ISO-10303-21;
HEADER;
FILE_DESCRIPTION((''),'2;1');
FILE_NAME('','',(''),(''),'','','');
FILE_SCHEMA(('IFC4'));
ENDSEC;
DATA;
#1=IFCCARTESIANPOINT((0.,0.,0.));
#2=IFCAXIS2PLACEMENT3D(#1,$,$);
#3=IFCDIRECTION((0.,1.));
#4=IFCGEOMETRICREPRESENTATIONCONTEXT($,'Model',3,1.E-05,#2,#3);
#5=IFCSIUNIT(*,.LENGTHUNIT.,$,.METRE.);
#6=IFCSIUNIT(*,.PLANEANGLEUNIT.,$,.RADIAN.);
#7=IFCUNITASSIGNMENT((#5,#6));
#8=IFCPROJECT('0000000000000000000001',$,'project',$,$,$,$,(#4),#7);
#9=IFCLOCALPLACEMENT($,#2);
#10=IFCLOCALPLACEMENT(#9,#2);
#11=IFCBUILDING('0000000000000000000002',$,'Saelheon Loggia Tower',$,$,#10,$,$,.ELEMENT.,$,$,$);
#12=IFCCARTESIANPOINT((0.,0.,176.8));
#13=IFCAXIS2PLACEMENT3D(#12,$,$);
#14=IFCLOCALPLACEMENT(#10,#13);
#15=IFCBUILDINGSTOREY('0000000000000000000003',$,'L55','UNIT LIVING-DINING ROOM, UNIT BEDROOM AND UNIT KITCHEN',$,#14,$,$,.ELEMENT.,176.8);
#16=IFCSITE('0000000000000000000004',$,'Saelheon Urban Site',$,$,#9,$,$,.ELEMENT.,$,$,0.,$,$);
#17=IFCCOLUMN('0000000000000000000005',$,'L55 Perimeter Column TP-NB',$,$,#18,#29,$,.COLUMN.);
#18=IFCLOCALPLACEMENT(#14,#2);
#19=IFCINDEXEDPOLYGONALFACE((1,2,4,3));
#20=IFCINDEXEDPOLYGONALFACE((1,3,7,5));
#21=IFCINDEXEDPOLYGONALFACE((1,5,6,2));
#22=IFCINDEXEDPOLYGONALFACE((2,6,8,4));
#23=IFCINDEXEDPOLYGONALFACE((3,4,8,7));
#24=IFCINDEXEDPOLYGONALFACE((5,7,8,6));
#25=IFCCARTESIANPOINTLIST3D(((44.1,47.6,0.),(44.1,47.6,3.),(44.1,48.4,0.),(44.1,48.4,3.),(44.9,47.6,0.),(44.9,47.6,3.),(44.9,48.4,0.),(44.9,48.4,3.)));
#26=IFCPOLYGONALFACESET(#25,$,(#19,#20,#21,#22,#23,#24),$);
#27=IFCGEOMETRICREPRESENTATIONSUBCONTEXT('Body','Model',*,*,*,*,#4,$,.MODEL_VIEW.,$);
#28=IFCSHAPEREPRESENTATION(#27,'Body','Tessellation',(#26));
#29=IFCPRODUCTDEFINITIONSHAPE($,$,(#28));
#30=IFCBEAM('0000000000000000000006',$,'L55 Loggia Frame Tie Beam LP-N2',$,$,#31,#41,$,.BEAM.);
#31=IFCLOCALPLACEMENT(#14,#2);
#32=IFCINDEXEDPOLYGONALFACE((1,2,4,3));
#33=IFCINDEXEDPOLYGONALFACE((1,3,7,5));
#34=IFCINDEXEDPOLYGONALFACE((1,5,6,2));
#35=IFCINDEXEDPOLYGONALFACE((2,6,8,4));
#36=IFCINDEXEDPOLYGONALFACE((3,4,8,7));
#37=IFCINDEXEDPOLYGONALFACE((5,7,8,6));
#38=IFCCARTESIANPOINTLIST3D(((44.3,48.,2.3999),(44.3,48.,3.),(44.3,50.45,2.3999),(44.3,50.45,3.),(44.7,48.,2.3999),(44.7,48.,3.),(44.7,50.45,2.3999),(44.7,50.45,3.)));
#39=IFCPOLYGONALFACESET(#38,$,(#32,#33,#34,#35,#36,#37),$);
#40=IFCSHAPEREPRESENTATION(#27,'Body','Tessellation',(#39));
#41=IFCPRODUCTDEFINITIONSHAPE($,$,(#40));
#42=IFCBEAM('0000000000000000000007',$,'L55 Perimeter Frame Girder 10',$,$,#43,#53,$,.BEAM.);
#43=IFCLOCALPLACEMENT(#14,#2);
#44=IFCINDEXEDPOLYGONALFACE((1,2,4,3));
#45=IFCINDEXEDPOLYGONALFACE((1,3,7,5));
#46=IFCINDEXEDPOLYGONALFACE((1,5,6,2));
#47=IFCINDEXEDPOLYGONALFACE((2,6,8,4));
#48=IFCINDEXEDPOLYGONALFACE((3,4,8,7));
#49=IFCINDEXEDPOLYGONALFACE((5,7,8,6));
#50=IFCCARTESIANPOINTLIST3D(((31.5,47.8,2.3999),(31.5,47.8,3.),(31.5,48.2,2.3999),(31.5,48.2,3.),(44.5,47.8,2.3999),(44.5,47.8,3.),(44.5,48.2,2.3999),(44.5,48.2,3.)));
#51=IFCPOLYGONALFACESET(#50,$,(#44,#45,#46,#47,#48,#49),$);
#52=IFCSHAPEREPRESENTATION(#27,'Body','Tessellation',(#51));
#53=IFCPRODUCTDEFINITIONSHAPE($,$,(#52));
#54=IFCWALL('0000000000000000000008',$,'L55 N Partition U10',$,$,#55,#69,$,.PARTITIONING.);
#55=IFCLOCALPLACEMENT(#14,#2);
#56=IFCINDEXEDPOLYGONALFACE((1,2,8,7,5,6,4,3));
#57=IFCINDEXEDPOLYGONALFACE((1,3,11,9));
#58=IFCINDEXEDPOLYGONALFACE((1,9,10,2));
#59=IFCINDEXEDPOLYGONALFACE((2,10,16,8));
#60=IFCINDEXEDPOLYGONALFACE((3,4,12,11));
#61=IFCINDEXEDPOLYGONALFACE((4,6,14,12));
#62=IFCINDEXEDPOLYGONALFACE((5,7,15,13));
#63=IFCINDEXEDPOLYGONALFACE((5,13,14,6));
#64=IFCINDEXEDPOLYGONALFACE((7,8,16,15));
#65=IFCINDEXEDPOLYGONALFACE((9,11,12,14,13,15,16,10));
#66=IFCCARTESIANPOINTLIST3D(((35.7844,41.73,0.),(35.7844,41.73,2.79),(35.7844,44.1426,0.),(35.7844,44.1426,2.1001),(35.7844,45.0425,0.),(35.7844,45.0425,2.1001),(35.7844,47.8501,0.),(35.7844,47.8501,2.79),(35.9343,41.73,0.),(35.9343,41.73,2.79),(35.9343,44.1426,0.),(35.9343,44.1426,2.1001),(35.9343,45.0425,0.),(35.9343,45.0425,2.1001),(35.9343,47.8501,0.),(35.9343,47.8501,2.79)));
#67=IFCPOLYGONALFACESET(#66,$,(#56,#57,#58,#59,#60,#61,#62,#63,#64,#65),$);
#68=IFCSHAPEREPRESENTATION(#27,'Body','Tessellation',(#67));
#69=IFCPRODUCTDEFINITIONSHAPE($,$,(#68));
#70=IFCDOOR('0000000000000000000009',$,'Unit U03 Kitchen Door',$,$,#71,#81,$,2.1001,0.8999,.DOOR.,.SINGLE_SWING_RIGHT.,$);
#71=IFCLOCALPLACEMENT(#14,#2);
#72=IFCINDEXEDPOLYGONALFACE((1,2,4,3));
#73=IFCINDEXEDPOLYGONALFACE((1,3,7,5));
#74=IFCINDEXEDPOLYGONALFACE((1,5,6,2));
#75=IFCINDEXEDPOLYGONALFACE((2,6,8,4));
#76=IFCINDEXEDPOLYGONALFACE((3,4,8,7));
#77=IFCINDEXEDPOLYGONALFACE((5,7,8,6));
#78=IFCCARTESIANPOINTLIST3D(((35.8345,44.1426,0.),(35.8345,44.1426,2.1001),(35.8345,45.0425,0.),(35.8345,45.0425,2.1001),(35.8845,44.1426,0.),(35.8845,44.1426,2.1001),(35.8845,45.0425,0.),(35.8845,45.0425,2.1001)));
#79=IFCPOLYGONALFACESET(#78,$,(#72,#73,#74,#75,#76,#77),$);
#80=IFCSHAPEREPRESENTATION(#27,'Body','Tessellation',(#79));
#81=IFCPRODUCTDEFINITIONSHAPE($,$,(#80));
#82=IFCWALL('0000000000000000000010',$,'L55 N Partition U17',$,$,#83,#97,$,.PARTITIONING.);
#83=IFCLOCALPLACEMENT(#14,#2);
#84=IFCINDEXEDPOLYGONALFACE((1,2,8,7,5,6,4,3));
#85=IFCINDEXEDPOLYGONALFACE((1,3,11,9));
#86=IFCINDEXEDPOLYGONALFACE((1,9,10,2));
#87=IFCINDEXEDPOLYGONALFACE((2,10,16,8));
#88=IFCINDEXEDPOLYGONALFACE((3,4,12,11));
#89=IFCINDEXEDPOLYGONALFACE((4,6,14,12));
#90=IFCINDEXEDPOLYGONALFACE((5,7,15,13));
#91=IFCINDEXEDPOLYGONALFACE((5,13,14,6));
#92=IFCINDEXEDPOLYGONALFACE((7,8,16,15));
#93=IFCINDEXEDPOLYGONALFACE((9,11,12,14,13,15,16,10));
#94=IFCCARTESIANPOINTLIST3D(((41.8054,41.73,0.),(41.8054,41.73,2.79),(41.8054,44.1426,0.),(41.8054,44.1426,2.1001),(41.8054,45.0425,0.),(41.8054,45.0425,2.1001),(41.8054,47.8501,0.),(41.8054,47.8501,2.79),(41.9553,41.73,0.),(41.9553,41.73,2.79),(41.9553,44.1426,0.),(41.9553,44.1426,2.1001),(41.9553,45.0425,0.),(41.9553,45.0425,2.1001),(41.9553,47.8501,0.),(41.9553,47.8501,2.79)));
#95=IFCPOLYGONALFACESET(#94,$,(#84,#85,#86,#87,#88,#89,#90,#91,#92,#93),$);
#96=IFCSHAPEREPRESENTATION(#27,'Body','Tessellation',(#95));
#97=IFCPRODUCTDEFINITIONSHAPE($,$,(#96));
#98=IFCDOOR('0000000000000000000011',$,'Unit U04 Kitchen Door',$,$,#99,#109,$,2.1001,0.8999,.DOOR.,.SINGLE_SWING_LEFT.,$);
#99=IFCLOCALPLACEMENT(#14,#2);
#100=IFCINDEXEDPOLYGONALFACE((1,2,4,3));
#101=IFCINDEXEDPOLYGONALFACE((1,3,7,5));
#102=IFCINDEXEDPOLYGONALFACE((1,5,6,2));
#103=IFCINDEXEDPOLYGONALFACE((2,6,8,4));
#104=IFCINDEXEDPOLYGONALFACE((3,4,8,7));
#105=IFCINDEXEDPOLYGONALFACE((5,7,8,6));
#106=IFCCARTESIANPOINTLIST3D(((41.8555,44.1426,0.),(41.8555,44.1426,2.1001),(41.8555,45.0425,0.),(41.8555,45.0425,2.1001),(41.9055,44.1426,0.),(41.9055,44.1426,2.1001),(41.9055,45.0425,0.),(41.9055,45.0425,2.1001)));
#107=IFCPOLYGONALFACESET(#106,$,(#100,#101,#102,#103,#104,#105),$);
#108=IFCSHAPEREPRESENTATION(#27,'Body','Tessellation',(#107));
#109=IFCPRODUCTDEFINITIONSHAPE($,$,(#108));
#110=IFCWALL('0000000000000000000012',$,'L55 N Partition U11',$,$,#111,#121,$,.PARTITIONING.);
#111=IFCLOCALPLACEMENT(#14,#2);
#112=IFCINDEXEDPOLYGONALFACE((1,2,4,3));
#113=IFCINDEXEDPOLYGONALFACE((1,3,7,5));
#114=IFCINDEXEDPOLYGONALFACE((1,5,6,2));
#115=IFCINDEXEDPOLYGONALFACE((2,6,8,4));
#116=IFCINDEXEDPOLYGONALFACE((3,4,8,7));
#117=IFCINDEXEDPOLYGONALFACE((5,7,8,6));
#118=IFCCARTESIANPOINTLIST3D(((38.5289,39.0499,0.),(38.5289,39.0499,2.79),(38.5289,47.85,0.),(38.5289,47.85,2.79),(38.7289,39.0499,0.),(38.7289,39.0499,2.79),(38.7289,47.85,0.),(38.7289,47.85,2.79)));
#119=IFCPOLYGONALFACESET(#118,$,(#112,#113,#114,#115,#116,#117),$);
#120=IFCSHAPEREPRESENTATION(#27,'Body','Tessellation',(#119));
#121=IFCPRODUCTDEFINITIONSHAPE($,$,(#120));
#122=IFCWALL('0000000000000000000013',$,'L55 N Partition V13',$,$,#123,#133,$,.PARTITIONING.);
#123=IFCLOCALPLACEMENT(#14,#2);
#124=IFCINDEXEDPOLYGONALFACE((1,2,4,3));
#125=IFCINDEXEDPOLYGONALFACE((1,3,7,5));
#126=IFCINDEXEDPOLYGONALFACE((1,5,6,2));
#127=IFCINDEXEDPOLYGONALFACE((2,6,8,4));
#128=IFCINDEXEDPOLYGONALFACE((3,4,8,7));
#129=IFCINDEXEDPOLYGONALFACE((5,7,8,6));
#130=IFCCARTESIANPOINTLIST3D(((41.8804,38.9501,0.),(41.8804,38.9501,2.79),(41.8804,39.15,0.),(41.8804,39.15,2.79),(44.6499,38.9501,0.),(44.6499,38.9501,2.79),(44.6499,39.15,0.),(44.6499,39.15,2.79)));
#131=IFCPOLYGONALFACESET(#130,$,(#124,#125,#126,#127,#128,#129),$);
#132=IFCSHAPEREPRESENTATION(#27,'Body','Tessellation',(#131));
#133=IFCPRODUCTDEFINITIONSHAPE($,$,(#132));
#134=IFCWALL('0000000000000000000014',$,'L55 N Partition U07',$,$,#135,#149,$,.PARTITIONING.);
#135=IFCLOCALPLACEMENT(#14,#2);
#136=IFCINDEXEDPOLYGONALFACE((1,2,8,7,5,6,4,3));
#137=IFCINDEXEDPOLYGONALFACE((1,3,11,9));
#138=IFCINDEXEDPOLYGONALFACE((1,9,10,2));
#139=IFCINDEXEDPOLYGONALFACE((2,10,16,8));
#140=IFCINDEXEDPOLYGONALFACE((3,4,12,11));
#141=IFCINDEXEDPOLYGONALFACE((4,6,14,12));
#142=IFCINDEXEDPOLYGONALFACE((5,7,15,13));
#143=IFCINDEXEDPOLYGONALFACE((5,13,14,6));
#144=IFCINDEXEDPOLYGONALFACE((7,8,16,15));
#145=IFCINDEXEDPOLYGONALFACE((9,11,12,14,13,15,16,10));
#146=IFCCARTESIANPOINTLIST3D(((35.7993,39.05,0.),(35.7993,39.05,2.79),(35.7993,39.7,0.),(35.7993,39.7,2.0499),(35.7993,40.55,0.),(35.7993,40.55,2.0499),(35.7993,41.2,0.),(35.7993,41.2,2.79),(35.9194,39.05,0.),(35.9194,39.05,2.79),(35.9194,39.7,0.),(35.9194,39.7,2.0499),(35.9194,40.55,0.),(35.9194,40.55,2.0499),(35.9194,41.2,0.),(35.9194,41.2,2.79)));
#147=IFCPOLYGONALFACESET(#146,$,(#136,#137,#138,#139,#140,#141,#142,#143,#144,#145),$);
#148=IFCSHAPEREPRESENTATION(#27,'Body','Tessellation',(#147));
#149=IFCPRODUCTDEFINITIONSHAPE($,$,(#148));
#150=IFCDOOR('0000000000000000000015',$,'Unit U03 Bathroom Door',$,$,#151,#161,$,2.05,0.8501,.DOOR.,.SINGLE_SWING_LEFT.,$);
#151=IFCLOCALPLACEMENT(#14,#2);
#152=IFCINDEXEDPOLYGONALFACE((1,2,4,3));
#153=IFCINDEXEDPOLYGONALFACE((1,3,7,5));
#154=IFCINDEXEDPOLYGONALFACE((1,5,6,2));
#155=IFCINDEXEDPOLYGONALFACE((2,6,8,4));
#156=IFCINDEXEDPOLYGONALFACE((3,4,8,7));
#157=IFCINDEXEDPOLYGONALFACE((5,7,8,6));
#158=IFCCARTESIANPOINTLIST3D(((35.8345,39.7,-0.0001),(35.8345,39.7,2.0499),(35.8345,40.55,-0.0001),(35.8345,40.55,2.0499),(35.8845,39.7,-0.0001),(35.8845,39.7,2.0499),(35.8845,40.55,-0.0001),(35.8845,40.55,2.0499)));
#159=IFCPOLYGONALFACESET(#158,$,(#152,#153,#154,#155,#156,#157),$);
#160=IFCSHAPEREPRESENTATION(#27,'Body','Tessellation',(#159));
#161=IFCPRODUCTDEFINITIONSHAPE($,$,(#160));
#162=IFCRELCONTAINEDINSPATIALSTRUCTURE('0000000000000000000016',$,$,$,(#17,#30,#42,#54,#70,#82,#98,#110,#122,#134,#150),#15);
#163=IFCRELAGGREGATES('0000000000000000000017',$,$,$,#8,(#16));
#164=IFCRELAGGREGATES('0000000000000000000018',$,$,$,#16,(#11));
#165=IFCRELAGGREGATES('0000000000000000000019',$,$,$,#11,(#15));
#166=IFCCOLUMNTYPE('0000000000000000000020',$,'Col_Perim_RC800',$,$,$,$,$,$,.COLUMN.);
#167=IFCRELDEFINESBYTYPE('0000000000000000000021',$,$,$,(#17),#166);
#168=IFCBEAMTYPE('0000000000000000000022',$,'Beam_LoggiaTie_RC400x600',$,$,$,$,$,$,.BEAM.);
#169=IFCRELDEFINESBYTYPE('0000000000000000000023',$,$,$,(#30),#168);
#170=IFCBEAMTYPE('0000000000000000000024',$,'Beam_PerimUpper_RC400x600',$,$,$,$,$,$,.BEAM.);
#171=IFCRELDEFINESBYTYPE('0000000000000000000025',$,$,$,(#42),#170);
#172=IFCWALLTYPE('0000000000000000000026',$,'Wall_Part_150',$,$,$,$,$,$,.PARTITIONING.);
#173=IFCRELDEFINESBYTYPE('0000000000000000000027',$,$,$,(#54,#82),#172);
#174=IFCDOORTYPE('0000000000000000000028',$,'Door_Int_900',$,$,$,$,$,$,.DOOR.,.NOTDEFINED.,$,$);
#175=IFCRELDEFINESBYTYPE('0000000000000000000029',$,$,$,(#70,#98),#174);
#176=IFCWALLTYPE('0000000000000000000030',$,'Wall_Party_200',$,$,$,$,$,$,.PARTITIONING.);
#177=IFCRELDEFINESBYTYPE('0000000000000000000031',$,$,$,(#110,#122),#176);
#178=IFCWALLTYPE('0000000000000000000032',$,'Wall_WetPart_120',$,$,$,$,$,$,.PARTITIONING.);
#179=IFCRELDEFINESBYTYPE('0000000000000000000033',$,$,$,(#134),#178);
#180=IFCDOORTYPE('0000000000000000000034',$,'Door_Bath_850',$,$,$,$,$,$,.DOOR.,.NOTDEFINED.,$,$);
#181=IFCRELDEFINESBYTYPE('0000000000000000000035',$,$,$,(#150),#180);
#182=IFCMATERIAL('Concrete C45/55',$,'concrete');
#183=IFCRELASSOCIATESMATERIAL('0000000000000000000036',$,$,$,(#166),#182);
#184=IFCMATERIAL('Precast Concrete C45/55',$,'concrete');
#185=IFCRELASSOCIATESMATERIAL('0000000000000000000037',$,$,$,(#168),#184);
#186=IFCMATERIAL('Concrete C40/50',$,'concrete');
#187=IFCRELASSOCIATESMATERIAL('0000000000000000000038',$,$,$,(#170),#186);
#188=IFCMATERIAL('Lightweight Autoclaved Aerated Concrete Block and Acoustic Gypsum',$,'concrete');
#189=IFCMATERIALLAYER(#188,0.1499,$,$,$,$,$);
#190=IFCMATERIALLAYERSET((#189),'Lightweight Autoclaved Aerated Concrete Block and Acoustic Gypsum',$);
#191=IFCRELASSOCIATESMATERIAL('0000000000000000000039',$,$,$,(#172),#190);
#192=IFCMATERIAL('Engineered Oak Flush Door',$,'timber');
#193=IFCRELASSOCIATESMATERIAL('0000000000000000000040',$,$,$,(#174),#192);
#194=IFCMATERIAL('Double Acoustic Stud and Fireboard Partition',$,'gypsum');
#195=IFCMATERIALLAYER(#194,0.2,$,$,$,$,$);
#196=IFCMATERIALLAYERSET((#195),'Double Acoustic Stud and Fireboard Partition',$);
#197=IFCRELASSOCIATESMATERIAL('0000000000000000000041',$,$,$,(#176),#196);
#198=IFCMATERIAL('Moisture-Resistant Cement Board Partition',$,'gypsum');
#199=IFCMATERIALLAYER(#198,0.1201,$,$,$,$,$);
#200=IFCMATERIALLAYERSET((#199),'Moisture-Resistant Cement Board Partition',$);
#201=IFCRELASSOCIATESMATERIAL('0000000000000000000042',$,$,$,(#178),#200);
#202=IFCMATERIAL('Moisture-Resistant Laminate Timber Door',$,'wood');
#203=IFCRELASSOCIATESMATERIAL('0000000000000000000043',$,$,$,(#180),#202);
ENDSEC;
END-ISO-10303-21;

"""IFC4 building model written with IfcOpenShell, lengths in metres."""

from ifc_helpers import new_model, si_unit, direction, frame, frame_2d, origin, origin_2d, place, context, subcontext, project, spatial, rectangle, extrude, source, transform, mapped, material, layer, layer_set, material_profile, profile_set, type_object, element, fill, save


model = new_model("IFC4")

# Units and contexts
model_context = context("Model", 3, precision=1e-05, world=origin(), true_north=direction((0.0, 1.0)))
body_context = subcontext(model_context, "Body", "Model", "MODEL_VIEW")
ifc_project = project(units=[si_unit("LENGTHUNIT", "METRE"), si_unit("PLANEANGLEUNIT", "RADIAN")], contexts=[model_context])

# Site, building, storey
site_placement = place(None, origin())
site = spatial("IfcSite", under=ifc_project, at=site_placement, Name="Saelheon Urban Site", CompositionType="ELEMENT", RefElevation=0.0)
building_placement = place(site_placement, origin())
building = spatial("IfcBuilding", under=site, at=building_placement, Name="Saelheon Loggia Tower", CompositionType="ELEMENT")
storey_placement = place(building_placement, frame((0.0, 0.0, 176.8)))
storey = spatial("IfcBuildingStorey", under=building, at=storey_placement, Name="L55", Description="UNIT LIVING-DINING ROOM, UNIT BEDROOM AND UNIT KITCHEN", CompositionType="ELEMENT", Elevation=176.8)

# Column
ifc_material_1 = material(Name="Concrete C45/55", Category="concrete")
ifc_material_profile_1 = material_profile(ifc_material_1, rectangle(XDim=0.8, YDim=0.8, at=origin_2d()), Name="RC-800x800")
ifc_profile_set_1 = profile_set([ifc_material_profile_1], Name="Concrete C45/55")
column_type = type_object("IfcColumnType", Name="Col_Perim_RC800", PredefinedType="COLUMN", material=ifc_profile_set_1)
shared_shape_1 = source(origin(), body_context, "Body", "SweptSolid", [
    extrude(rectangle(XDim=0.8, YDim=0.8, at=origin_2d()), origin(), (0.0, 0.0, 1.0), 3.0),
])
column_placement = place(storey_placement, frame((44.5, 48.0, 0.0), z_axis=(0.0, 0.0, 1.0), x_axis=(1.0, 0.0, 0.0)))
element("IfcColumn", 1, at=column_placement, inside=storey, type_object=column_type, Name="L55 Perimeter Column TP-NB", PredefinedType="COLUMN", context=body_context, shape_type="MappedRepresentation", body=[
    mapped(shared_shape_1, transform((0.0, 0.0, 0.0), scale=1.0)),
])

# Beams
ifc_material_2 = material(Name="Precast Concrete C45/55", Category="concrete")
ifc_material_profile_2 = material_profile(ifc_material_2, rectangle(XDim=0.3999, YDim=0.6001, at=origin_2d()), Name="RC-400x600")
ifc_profile_set_2 = profile_set([ifc_material_profile_2], Name="Precast Concrete C45/55")
beam_type_1 = type_object("IfcBeamType", Name="Beam_LoggiaTie_RC400x600", PredefinedType="BEAM", material=ifc_profile_set_2)
shared_shape_2 = source(origin(), body_context, "Body", "SweptSolid", [
    extrude(rectangle(XDim=0.3999, YDim=0.6001, at=origin_2d()), origin(), (0.0, 0.0, 1.0), 2.45),
])
beam_1_placement = place(storey_placement, frame((44.5, 48.0, 2.7), z_axis=(0.0, 1.0, 0.0), x_axis=(-1.0, 0.0, 0.0)))
element("IfcBeam", 2, at=beam_1_placement, inside=storey, type_object=beam_type_1, Name="L55 Loggia Frame Tie Beam LP-N2", PredefinedType="BEAM", context=body_context, shape_type="MappedRepresentation", body=[
    mapped(shared_shape_2, transform((0.0, 0.0, 0.0), scale=1.0)),
])
ifc_material_3 = material(Name="Concrete C40/50", Category="concrete")
ifc_material_profile_3 = material_profile(ifc_material_3, rectangle(XDim=0.3999, YDim=0.6001, at=origin_2d()), Name="RC-400x600")
ifc_profile_set_3 = profile_set([ifc_material_profile_3], Name="Concrete C40/50")
beam_type_2 = type_object("IfcBeamType", Name="Beam_PerimUpper_RC400x600", PredefinedType="BEAM", material=ifc_profile_set_3)
shared_shape_3 = source(origin(), body_context, "Body", "SweptSolid", [
    extrude(rectangle(XDim=0.3999, YDim=0.6001, at=origin_2d()), origin(), (0.0, 0.0, 1.0), 13.0),
])
beam_2_placement = place(storey_placement, frame((44.5, 48.0, 2.7), z_axis=(-1.0, 0.0, 0.0), x_axis=(0.0, -1.0, 0.0)))
element("IfcBeam", 3, at=beam_2_placement, inside=storey, type_object=beam_type_2, Name="L55 Perimeter Frame Girder 10", PredefinedType="BEAM", context=body_context, shape_type="MappedRepresentation", body=[
    mapped(shared_shape_3, transform((0.0, 0.0, 0.0), scale=1.0)),
])

# Walls, openings, doors
ifc_material_4 = material(Name="Lightweight Autoclaved Aerated Concrete Block and Acoustic Gypsum", Category="concrete")
ifc_layer_1 = layer(ifc_material_4, 0.1499)
ifc_layer_set_1 = layer_set([ifc_layer_1], Name="Lightweight Autoclaved Aerated Concrete Block and Acoustic Gypsum")
wall_type_1 = type_object("IfcWallType", Name="Wall_Part_150", PredefinedType="PARTITIONING", material=ifc_layer_set_1)
wall_1_placement = place(storey_placement, frame((35.8594, 41.73, 0.0), z_axis=(0.0, 0.0, 1.0), x_axis=(0.0, 1.0, 0.0)))
wall_1 = element("IfcWall", 4, at=wall_1_placement, inside=storey, type_object=wall_type_1, Name="L55 N Partition U10", PredefinedType="PARTITIONING", context=body_context, shape_type="SweptSolid", body=[
    extrude(rectangle(XDim=6.1201, YDim=0.1499, at=frame_2d((3.0601, 0.0))), origin(), (0.0, 0.0, 1.0), 2.79),
])
opening_1_placement = place(wall_1_placement, frame((2.4126, 0.0, 0.0)))
opening_1 = element("IfcOpeningElement", 5, at=opening_1_placement, cuts=wall_1, PredefinedType="OPENING", context=body_context, shape_type="SweptSolid", body=[
    extrude(rectangle(XDim=0.8999, YDim=2.1001, at=frame_2d((0.45, 1.05))), frame((0.0, 0.0869, 0.0), z_axis=(0.0, -1.0, 0.0), x_axis=(1.0, 0.0, 0.0)), (0.0, 0.0, 1.0), 0.1738),
])
ifc_material_5 = material(Name="Engineered Oak Flush Door", Category="timber")
door_type_1 = type_object("IfcDoorType", Name="Door_Int_900", OperationType="NOTDEFINED", PredefinedType="DOOR", material=ifc_material_5)
shared_shape_4 = source(origin(), body_context, "Body", "SweptSolid", [
    extrude(rectangle(XDim=0.8999, YDim=2.1001, at=frame_2d((0.45, 1.05))), frame((0.0, 0.0249, 0.0), z_axis=(0.0, -1.0, 0.0), x_axis=(1.0, 0.0, 0.0)), (0.0, 0.0, 1.0), 0.05),
])
door_1_placement = place(opening_1_placement, origin())
door_1 = element("IfcDoor", 6, at=door_1_placement, inside=storey, type_object=door_type_1, Name="Unit U03 Kitchen Door", OperationType="SINGLE_SWING_RIGHT", OverallHeight=2.1001, OverallWidth=0.8999, PredefinedType="DOOR", context=body_context, shape_type="MappedRepresentation", body=[
    mapped(shared_shape_4, transform((0.0, 0.0, 0.0), scale=1.0)),
])
fill(opening_1, door_1)
wall_2_placement = place(storey_placement, frame((41.8804, 41.73, 0.0), z_axis=(0.0, 0.0, 1.0), x_axis=(0.0, 1.0, 0.0)))
wall_2 = element("IfcWall", 7, at=wall_2_placement, inside=storey, type_object=wall_type_1, Name="L55 N Partition U17", PredefinedType="PARTITIONING", context=body_context, shape_type="SweptSolid", body=[
    extrude(rectangle(XDim=6.1201, YDim=0.1499, at=frame_2d((3.0601, 0.0))), origin(), (0.0, 0.0, 1.0), 2.79),
])
opening_2_placement = place(wall_2_placement, frame((2.4126, 0.0, 0.0)))
opening_2 = element("IfcOpeningElement", 8, at=opening_2_placement, cuts=wall_2, PredefinedType="OPENING", context=body_context, shape_type="SweptSolid", body=[
    extrude(rectangle(XDim=0.8999, YDim=2.1001, at=frame_2d((0.45, 1.05))), frame((0.0, 0.0869, 0.0), z_axis=(0.0, -1.0, 0.0), x_axis=(1.0, 0.0, 0.0)), (0.0, 0.0, 1.0), 0.1738),
])
door_2_placement = place(opening_2_placement, origin())
door_2 = element("IfcDoor", 9, at=door_2_placement, inside=storey, type_object=door_type_1, Name="Unit U04 Kitchen Door", OperationType="SINGLE_SWING_LEFT", OverallHeight=2.1001, OverallWidth=0.8999, PredefinedType="DOOR", context=body_context, shape_type="MappedRepresentation", body=[
    mapped(shared_shape_4, transform((0.0, 0.0, 0.0), scale=1.0)),
])
fill(opening_2, door_2)
ifc_material_6 = material(Name="Double Acoustic Stud and Fireboard Partition", Category="gypsum")
ifc_layer_2 = layer(ifc_material_6, 0.2)
ifc_layer_set_2 = layer_set([ifc_layer_2], Name="Double Acoustic Stud and Fireboard Partition")
wall_type_2 = type_object("IfcWallType", Name="Wall_Party_200", PredefinedType="PARTITIONING", material=ifc_layer_set_2)

# Wall
wall_3_placement = place(storey_placement, frame((38.6289, 39.05, 0.0), z_axis=(0.0, 0.0, 1.0), x_axis=(0.0, 1.0, 0.0)))
element("IfcWall", 10, at=wall_3_placement, inside=storey, type_object=wall_type_2, Name="L55 N Partition U11", PredefinedType="PARTITIONING", context=body_context, shape_type="SweptSolid", body=[
    extrude(rectangle(XDim=8.8, YDim=0.2, at=frame_2d((4.3999, 0.0))), origin(), (0.0, 0.0, 1.0), 2.79),
])

# Wall
wall_4_placement = place(storey_placement, frame((41.8804, 39.05, 0.0), z_axis=(0.0, 0.0, 1.0), x_axis=(1.0, 0.0, 0.0)))
element("IfcWall", 11, at=wall_4_placement, inside=storey, type_object=wall_type_2, Name="L55 N Partition V13", PredefinedType="PARTITIONING", context=body_context, shape_type="SweptSolid", body=[
    extrude(rectangle(XDim=2.7695, YDim=0.2, at=frame_2d((1.3848, 0.0))), origin(), (0.0, 0.0, 1.0), 2.79),
])

# Wall, opening, door
ifc_material_7 = material(Name="Moisture-Resistant Cement Board Partition", Category="gypsum")
ifc_layer_3 = layer(ifc_material_7, 0.1201)
ifc_layer_set_3 = layer_set([ifc_layer_3], Name="Moisture-Resistant Cement Board Partition")
wall_type_3 = type_object("IfcWallType", Name="Wall_WetPart_120", PredefinedType="PARTITIONING", material=ifc_layer_set_3)
wall_5_placement = place(storey_placement, frame((35.8594, 39.05, 0.0), z_axis=(0.0, 0.0, 1.0), x_axis=(0.0, 1.0, 0.0)))
wall_5 = element("IfcWall", 12, at=wall_5_placement, inside=storey, type_object=wall_type_3, Name="L55 N Partition U07", PredefinedType="PARTITIONING", context=body_context, shape_type="SweptSolid", body=[
    extrude(rectangle(XDim=2.1499, YDim=0.1201, at=frame_2d((1.075, 0.0))), origin(), (0.0, 0.0, 1.0), 2.79),
])
opening_3_placement = place(wall_5_placement, frame((0.6499, 0.0, 0.0)))
opening_3 = element("IfcOpeningElement", 13, at=opening_3_placement, cuts=wall_5, PredefinedType="OPENING", context=body_context, shape_type="SweptSolid", body=[
    extrude(rectangle(XDim=0.8501, YDim=2.05, at=frame_2d((0.425, 1.0249))), frame((0.0, 0.072, 0.0), z_axis=(0.0, -1.0, 0.0), x_axis=(1.0, 0.0, 0.0)), (0.0, 0.0, 1.0), 0.144),
])
ifc_material_8 = material(Name="Moisture-Resistant Laminate Timber Door", Category="wood")
door_type_2 = type_object("IfcDoorType", Name="Door_Bath_850", OperationType="NOTDEFINED", PredefinedType="DOOR", material=ifc_material_8)
shared_shape_5 = source(origin(), body_context, "Body", "SweptSolid", [
    extrude(rectangle(XDim=0.8501, YDim=2.05, at=frame_2d((0.425, 1.0249))), frame((0.0, 0.0249, 0.0), z_axis=(0.0, -1.0, 0.0), x_axis=(1.0, 0.0, 0.0)), (0.0, 0.0, 1.0), 0.05),
])
door_3_placement = place(opening_3_placement, origin())
door_3 = element("IfcDoor", 14, at=door_3_placement, inside=storey, type_object=door_type_2, Name="Unit U03 Bathroom Door", OperationType="SINGLE_SWING_LEFT", OverallHeight=2.05, OverallWidth=0.8501, PredefinedType="DOOR", context=body_context, shape_type="MappedRepresentation", body=[
    mapped(shared_shape_5, transform((0.0, 0.0, 0.0), scale=1.0)),
])
fill(opening_3, door_3)

save(model, "model.ifc")
